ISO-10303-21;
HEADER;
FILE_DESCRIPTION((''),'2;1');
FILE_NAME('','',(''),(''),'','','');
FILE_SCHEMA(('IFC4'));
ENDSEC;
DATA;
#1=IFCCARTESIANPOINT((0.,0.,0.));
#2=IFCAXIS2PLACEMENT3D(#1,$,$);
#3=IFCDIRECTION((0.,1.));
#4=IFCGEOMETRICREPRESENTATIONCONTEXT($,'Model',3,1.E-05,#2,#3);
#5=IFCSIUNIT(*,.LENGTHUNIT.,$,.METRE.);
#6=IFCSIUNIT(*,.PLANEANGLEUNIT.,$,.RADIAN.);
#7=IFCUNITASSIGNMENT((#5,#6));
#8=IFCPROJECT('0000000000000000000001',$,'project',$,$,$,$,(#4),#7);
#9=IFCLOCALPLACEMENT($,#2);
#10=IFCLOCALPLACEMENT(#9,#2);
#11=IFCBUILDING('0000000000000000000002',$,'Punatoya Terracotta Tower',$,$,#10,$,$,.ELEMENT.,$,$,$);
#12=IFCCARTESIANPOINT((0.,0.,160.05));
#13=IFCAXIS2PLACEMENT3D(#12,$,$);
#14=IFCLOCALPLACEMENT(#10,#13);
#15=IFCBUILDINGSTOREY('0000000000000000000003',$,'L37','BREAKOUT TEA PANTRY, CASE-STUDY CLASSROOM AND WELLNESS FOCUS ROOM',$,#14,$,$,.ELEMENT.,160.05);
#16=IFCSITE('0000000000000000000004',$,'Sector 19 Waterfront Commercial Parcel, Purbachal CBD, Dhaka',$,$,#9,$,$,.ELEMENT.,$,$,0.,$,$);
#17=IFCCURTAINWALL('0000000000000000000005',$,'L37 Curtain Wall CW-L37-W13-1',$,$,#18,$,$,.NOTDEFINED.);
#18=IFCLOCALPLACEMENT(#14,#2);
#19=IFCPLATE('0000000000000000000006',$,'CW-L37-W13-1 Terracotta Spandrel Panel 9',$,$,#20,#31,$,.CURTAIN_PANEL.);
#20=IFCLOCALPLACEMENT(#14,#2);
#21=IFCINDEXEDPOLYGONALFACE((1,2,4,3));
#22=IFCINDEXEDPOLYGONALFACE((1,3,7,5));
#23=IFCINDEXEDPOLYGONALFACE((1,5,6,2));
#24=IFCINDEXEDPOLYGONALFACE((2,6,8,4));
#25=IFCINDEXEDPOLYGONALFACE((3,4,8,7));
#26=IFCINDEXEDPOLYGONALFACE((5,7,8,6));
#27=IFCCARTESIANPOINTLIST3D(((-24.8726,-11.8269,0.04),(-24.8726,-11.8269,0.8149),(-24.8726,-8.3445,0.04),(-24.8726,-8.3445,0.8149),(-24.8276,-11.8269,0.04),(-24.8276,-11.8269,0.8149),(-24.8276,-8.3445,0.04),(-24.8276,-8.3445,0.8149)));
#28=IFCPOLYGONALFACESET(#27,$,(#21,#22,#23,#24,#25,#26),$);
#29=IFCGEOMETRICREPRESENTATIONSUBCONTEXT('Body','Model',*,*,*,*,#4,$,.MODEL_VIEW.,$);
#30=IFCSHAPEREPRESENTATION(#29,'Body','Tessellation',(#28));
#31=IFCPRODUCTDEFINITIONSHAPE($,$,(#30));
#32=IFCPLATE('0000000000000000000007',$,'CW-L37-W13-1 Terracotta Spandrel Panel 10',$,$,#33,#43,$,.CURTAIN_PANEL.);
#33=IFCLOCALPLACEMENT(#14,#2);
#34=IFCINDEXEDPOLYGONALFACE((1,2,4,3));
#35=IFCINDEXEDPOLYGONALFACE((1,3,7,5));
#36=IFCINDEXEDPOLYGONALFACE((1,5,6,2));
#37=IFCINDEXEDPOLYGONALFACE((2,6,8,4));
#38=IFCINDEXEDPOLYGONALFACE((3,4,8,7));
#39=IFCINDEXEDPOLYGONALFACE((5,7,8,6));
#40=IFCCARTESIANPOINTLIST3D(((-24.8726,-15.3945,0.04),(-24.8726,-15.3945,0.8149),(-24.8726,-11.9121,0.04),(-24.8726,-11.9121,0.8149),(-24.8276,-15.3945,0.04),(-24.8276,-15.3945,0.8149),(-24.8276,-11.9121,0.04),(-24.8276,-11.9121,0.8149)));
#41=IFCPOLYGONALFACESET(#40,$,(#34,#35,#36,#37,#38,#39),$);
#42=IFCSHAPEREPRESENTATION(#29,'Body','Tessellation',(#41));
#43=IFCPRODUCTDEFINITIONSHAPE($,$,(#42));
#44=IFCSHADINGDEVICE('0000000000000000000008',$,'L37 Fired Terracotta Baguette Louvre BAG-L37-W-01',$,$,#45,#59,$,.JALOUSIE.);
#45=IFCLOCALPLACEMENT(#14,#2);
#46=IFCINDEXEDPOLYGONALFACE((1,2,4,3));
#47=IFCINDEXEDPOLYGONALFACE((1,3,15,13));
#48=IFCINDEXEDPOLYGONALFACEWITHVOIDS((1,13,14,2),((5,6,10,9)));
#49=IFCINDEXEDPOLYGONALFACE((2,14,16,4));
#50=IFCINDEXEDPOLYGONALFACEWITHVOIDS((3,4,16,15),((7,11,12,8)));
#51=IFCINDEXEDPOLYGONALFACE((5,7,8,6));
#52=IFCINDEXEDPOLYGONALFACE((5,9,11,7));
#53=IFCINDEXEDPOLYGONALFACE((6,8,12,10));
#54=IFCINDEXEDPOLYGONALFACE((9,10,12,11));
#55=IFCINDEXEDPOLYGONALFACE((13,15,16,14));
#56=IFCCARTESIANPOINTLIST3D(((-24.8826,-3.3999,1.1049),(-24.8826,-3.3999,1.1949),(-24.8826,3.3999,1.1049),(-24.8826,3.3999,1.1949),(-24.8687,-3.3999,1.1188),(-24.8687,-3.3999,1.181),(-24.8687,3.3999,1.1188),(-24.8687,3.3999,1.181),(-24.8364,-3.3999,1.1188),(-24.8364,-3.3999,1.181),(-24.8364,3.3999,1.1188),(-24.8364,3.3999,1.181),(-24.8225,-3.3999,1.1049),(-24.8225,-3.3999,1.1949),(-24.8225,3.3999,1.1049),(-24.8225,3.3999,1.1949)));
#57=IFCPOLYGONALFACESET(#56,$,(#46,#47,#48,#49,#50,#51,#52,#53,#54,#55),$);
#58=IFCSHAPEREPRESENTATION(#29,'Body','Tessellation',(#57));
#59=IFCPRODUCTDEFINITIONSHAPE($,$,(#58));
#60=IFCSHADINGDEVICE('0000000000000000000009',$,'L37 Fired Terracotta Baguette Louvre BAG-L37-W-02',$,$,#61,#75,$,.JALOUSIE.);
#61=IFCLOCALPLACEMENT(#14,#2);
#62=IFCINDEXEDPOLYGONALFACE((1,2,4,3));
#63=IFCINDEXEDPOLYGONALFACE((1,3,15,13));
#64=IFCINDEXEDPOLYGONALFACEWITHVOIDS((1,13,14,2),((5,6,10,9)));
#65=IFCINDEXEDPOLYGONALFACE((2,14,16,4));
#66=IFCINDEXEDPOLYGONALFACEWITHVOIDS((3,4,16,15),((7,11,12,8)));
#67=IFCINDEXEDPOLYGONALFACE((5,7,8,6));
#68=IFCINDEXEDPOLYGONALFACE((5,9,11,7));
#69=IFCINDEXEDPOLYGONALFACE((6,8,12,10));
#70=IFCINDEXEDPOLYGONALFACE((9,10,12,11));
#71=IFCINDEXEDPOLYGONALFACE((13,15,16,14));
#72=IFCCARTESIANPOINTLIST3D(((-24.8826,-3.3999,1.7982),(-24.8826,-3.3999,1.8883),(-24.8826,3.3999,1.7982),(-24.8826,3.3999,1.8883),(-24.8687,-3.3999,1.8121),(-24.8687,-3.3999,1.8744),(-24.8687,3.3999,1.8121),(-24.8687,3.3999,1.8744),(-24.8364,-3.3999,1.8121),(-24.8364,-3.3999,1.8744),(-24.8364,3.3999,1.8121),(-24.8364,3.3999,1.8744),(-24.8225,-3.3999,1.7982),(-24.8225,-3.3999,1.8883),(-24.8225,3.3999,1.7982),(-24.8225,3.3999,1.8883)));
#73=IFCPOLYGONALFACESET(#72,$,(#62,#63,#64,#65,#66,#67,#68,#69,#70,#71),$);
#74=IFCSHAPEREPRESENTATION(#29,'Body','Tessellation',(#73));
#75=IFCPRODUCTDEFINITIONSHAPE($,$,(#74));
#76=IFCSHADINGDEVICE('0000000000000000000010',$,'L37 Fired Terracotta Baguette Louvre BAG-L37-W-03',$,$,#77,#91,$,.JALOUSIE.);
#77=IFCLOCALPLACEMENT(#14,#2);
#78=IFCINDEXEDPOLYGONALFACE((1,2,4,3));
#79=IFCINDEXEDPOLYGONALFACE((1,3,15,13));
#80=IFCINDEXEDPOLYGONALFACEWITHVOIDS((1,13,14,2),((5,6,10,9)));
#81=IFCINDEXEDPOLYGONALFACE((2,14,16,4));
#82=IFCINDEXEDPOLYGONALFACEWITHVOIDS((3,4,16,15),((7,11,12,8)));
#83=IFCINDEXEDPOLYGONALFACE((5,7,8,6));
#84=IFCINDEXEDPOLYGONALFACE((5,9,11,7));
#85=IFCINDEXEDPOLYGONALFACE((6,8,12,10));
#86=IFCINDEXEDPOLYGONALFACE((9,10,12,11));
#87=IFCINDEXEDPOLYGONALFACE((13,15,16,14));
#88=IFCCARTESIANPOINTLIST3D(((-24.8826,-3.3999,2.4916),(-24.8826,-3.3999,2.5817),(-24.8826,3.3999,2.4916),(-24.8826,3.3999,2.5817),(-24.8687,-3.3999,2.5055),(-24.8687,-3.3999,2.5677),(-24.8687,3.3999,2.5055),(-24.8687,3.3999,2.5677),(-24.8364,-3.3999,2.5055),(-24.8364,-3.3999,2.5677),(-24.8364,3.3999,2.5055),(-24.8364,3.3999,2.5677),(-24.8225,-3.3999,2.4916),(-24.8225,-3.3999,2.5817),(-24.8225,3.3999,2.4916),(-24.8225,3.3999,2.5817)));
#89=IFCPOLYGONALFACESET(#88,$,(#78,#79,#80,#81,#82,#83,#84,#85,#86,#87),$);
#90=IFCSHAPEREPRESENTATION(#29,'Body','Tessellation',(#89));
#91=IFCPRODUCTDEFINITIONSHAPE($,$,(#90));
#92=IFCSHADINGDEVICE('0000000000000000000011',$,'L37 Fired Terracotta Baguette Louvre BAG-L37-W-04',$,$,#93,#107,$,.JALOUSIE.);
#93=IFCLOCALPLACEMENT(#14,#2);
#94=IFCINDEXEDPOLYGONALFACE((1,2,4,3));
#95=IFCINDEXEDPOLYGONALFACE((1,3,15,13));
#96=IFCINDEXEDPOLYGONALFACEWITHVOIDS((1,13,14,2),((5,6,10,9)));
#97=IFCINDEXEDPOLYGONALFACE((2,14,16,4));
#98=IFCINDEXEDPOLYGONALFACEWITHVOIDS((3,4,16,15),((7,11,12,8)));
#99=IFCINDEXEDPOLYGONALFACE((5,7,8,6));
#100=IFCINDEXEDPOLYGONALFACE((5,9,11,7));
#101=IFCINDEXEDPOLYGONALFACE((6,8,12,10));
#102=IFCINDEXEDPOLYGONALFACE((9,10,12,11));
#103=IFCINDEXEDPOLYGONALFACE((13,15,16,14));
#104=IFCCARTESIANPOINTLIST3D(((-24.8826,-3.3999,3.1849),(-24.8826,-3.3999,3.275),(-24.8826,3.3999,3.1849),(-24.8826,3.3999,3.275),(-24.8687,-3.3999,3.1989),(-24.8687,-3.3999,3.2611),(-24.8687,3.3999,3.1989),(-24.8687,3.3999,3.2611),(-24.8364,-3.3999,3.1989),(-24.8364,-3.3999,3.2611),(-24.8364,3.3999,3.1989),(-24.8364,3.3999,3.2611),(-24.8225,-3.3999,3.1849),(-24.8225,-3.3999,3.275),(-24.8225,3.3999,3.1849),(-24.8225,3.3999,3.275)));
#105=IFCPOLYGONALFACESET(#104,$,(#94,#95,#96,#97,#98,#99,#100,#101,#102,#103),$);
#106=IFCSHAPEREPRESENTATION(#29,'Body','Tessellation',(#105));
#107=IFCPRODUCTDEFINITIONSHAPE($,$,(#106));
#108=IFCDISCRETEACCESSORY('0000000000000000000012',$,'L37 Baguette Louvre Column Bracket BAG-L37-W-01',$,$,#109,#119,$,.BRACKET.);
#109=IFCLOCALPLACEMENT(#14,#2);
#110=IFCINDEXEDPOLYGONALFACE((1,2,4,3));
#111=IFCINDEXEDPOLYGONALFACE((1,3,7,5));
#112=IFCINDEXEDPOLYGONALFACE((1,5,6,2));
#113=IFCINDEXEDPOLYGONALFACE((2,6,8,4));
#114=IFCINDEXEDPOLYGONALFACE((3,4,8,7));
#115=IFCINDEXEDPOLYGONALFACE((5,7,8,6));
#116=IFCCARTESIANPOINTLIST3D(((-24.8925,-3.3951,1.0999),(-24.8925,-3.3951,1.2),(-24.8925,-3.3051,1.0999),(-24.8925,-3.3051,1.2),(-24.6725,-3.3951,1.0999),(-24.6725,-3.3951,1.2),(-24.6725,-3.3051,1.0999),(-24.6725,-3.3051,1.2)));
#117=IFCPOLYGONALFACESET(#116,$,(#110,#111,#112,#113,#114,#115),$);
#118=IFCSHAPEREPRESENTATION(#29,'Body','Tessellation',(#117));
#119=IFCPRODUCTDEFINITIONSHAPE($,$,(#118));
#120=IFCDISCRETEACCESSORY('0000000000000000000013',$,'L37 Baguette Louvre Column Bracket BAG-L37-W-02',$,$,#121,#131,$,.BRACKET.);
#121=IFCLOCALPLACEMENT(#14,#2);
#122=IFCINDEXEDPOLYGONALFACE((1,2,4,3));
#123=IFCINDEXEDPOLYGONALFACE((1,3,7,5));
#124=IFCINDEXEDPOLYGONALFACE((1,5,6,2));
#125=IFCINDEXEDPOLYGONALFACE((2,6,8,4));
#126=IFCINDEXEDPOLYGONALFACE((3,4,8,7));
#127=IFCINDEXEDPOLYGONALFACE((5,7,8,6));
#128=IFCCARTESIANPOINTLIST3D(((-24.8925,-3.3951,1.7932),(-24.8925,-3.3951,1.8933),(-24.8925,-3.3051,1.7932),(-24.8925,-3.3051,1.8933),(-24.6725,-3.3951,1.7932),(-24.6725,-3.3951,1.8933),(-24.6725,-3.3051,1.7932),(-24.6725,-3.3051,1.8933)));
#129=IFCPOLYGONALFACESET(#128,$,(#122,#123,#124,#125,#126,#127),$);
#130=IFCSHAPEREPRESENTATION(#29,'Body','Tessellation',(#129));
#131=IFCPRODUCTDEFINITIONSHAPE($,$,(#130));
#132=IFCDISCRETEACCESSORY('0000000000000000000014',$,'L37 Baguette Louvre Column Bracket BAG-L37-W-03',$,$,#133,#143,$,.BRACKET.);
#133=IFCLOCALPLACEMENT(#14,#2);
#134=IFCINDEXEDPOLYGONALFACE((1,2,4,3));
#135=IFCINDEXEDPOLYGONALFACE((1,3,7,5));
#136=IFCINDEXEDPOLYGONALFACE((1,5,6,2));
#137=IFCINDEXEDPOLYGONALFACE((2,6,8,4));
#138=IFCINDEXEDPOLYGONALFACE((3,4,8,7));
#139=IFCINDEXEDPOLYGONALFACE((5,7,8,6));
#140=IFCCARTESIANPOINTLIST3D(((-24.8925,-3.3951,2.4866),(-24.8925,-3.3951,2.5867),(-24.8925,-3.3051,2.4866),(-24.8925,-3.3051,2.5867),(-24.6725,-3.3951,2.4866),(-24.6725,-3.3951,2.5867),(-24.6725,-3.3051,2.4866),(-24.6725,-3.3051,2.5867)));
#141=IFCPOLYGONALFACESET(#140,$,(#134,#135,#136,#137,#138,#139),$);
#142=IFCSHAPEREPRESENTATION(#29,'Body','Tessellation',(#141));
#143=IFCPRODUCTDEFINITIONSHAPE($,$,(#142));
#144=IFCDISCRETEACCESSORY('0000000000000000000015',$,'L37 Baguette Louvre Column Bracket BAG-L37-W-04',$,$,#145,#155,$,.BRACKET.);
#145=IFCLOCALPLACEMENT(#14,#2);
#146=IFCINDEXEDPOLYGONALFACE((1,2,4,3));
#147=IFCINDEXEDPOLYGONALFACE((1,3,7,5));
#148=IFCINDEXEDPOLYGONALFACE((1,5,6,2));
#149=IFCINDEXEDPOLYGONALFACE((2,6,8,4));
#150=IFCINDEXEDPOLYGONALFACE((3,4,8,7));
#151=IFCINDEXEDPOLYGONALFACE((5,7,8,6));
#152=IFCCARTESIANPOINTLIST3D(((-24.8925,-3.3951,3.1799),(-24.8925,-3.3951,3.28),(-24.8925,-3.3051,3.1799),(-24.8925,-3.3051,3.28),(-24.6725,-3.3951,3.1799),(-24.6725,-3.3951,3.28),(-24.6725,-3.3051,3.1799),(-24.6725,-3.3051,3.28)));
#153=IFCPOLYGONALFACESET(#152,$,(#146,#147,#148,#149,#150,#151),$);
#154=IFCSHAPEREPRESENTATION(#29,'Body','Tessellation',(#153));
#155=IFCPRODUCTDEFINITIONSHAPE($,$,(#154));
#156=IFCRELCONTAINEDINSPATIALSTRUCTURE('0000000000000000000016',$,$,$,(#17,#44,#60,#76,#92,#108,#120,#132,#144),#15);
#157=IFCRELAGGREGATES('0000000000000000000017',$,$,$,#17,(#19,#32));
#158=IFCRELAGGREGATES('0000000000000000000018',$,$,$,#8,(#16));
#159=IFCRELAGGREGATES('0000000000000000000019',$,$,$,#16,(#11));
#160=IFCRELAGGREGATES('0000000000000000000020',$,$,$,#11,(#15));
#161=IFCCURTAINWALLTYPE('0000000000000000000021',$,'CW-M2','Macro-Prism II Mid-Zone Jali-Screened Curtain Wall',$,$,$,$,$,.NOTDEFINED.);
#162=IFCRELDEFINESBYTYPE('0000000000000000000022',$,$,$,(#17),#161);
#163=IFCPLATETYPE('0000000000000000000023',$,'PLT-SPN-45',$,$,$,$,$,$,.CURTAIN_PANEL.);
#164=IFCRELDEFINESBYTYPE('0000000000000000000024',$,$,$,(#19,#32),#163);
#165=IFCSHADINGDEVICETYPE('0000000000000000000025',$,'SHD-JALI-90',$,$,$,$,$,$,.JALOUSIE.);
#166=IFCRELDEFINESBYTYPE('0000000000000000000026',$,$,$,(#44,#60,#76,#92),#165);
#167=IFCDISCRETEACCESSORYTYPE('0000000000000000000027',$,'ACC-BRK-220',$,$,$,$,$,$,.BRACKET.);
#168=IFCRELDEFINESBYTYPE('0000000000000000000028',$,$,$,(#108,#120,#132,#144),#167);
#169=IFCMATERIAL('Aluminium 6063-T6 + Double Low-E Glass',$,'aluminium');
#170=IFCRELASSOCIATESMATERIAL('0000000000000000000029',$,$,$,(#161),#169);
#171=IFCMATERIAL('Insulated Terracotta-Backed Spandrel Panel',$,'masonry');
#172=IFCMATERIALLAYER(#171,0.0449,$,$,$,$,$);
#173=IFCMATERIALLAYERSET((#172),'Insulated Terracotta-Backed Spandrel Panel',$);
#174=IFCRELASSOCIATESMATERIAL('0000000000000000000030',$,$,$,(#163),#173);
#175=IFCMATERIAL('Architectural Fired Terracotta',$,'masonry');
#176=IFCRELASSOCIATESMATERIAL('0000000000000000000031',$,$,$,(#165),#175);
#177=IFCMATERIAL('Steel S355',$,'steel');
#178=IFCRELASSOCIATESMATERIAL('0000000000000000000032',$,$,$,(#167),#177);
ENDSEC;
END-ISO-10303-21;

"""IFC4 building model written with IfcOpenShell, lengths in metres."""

from ifc_helpers import new_model, si_unit, direction, frame, origin, origin_2d, place, context, subcontext, project, spatial, rectangle, hollow_rectangle, extrude, material, layer, layer_set, material_profile, profile_set, type_object, element, aggregate, save


model = new_model("IFC4")

# Units and contexts
model_context = context("Model", 3, precision=1e-05, world=origin(), true_north=direction((0.0, 1.0)))
body_context = subcontext(model_context, "Body", "Model", "MODEL_VIEW")
ifc_project = project(units=[si_unit("LENGTHUNIT", "METRE"), si_unit("PLANEANGLEUNIT", "RADIAN")], contexts=[model_context])

# Site, building, storey
site_placement = place(None, origin())
site = spatial("IfcSite", under=ifc_project, at=site_placement, Name="Sector 19 Waterfront Commercial Parcel, Purbachal CBD, Dhaka", CompositionType="ELEMENT", RefElevation=0.0)
building_placement = place(site_placement, origin())
building = spatial("IfcBuilding", under=site, at=building_placement, Name="Punatoya Terracotta Tower", CompositionType="ELEMENT")
storey_placement = place(building_placement, frame((0.0, 0.0, 160.05)))
storey = spatial("IfcBuildingStorey", under=building, at=storey_placement, Name="L37", Description="BREAKOUT TEA PANTRY, CASE-STUDY CLASSROOM AND WELLNESS FOCUS ROOM", CompositionType="ELEMENT", Elevation=160.05)

# Curtain wall
ifc_material_1 = material(Name="Aluminium 6063-T6 + Double Low-E Glass", Category="aluminium")
curtain_wall_type = type_object("IfcCurtainWallType", Name="CW-M2", Description="Macro-Prism II Mid-Zone Jali-Screened Curtain Wall", PredefinedType="NOTDEFINED", material=ifc_material_1)
curtain_wall_1_placement = place(storey_placement, origin())
curtain_wall_1 = element("IfcCurtainWall", 1, at=curtain_wall_1_placement, inside=storey, type_object=curtain_wall_type, Name="L37 Curtain Wall CW-L37-W13-1", PredefinedType="NOTDEFINED")

# Shared definitions
ifc_material_2 = material(Name="Steel S355", Category="steel")

# Plates
ifc_material_3 = material(Name="Insulated Terracotta-Backed Spandrel Panel", Category="masonry")
ifc_layer_1 = layer(ifc_material_3, 0.0449)
ifc_layer_set_1 = layer_set([ifc_layer_1], Name="Insulated Terracotta-Backed Spandrel Panel")
plate_type_1 = type_object("IfcPlateType", Name="PLT-SPN-45", PredefinedType="CURTAIN_PANEL", material=ifc_layer_set_1)
plate_1_placement = place(storey_placement, frame((-24.8501, -10.0857, 0.04), z_axis=(0.0, 0.0, 1.0), x_axis=(0.0, -1.0, 0.0)))
plate_1 = element("IfcPlate", 2, at=plate_1_placement, type_object=plate_type_1, Name="CW-L37-W13-1 Terracotta Spandrel Panel 9", PredefinedType="CURTAIN_PANEL", context=body_context, shape_type="SweptSolid", body=[
    extrude(rectangle(XDim=3.4824, YDim=0.0449, at=origin_2d()), origin(), (0.0, 0.0, 1.0), 0.7749),
])
plate_2_placement = place(storey_placement, frame((-24.8501, -13.6533, 0.04), z_axis=(0.0, 0.0, 1.0), x_axis=(0.0, -1.0, 0.0)))
plate_2 = element("IfcPlate", 3, at=plate_2_placement, type_object=plate_type_1, Name="CW-L37-W13-1 Terracotta Spandrel Panel 10", PredefinedType="CURTAIN_PANEL", context=body_context, shape_type="SweptSolid", body=[
    extrude(rectangle(XDim=3.4824, YDim=0.0449, at=origin_2d()), origin(), (0.0, 0.0, 1.0), 0.7749),
])
aggregate(curtain_wall_1, [plate_1, plate_2])

# Shading devices
ifc_material_4 = material(Name="Architectural Fired Terracotta", Category="masonry")
ifc_material_profile_1 = material_profile(ifc_material_4, hollow_rectangle(XDim=0.0601, YDim=0.0901, WallThickness=0.0139, at=origin_2d()))
ifc_profile_set_1 = profile_set([ifc_material_profile_1], Name="Architectural Fired Terracotta")
shading_device_type = type_object("IfcShadingDeviceType", Name="SHD-JALI-90", PredefinedType="JALOUSIE", material=ifc_profile_set_1)
for number, where, z_axis, x_axis, name in (
    (4, (-24.8525, -3.3999, 1.1499), (0.0, 1.0, 0.0), (-1.0, 0.0, 0.0), "L37 Fired Terracotta Baguette Louvre BAG-L37-W-01"),
    (5, (-24.8525, -3.3999, 1.8433), (0.0, 1.0, 0.0), (-1.0, 0.0, 0.0), "L37 Fired Terracotta Baguette Louvre BAG-L37-W-02"),
    (6, (-24.8525, -3.3999, 2.5366), (0.0, 1.0, 0.0), (-1.0, 0.0, 0.0), "L37 Fired Terracotta Baguette Louvre BAG-L37-W-03"),
    (7, (-24.8525, -3.3999, 3.23), (0.0, 1.0, 0.0), (-1.0, 0.0, 0.0), "L37 Fired Terracotta Baguette Louvre BAG-L37-W-04"),
):
    element("IfcShadingDevice", number, at=place(storey_placement, frame(where, z_axis=z_axis, x_axis=x_axis)), inside=storey, type_object=shading_device_type, Name=name, PredefinedType="JALOUSIE", context=body_context, shape_type="SweptSolid", body=[
        extrude(hollow_rectangle(XDim=0.0601, YDim=0.0901, WallThickness=0.0139, at=origin_2d()), origin(), (0.0, 0.0, 1.0), 6.7998),
    ])

# Discrete accessories
discrete_accessory_type = type_object("IfcDiscreteAccessoryType", Name="ACC-BRK-220", PredefinedType="BRACKET", material=ifc_material_2)
for number, where, z_axis, x_axis, name in (
    (8, (-24.7825, -3.3501, 1.0999), (0.0, 0.0, 1.0), (0.0, 1.0, 0.0), "L37 Baguette Louvre Column Bracket BAG-L37-W-01"),
    (9, (-24.7825, -3.3501, 1.7932), (0.0, 0.0, 1.0), (0.0, 1.0, 0.0), "L37 Baguette Louvre Column Bracket BAG-L37-W-02"),
    (10, (-24.7825, -3.3501, 2.4866), (0.0, 0.0, 1.0), (0.0, 1.0, 0.0), "L37 Baguette Louvre Column Bracket BAG-L37-W-03"),
    (11, (-24.7825, -3.3501, 3.1799), (0.0, 0.0, 1.0), (0.0, 1.0, 0.0), "L37 Baguette Louvre Column Bracket BAG-L37-W-04"),
):
    element("IfcDiscreteAccessory", number, at=place(storey_placement, frame(where, z_axis=z_axis, x_axis=x_axis)), inside=storey, type_object=discrete_accessory_type, Name=name, PredefinedType="BRACKET", context=body_context, shape_type="SweptSolid", body=[
        extrude(rectangle(XDim=0.0901, YDim=0.22, at=origin_2d()), origin(), (0.0, 0.0, 1.0), 0.1001),
    ])

save(model, "model.ifc")
